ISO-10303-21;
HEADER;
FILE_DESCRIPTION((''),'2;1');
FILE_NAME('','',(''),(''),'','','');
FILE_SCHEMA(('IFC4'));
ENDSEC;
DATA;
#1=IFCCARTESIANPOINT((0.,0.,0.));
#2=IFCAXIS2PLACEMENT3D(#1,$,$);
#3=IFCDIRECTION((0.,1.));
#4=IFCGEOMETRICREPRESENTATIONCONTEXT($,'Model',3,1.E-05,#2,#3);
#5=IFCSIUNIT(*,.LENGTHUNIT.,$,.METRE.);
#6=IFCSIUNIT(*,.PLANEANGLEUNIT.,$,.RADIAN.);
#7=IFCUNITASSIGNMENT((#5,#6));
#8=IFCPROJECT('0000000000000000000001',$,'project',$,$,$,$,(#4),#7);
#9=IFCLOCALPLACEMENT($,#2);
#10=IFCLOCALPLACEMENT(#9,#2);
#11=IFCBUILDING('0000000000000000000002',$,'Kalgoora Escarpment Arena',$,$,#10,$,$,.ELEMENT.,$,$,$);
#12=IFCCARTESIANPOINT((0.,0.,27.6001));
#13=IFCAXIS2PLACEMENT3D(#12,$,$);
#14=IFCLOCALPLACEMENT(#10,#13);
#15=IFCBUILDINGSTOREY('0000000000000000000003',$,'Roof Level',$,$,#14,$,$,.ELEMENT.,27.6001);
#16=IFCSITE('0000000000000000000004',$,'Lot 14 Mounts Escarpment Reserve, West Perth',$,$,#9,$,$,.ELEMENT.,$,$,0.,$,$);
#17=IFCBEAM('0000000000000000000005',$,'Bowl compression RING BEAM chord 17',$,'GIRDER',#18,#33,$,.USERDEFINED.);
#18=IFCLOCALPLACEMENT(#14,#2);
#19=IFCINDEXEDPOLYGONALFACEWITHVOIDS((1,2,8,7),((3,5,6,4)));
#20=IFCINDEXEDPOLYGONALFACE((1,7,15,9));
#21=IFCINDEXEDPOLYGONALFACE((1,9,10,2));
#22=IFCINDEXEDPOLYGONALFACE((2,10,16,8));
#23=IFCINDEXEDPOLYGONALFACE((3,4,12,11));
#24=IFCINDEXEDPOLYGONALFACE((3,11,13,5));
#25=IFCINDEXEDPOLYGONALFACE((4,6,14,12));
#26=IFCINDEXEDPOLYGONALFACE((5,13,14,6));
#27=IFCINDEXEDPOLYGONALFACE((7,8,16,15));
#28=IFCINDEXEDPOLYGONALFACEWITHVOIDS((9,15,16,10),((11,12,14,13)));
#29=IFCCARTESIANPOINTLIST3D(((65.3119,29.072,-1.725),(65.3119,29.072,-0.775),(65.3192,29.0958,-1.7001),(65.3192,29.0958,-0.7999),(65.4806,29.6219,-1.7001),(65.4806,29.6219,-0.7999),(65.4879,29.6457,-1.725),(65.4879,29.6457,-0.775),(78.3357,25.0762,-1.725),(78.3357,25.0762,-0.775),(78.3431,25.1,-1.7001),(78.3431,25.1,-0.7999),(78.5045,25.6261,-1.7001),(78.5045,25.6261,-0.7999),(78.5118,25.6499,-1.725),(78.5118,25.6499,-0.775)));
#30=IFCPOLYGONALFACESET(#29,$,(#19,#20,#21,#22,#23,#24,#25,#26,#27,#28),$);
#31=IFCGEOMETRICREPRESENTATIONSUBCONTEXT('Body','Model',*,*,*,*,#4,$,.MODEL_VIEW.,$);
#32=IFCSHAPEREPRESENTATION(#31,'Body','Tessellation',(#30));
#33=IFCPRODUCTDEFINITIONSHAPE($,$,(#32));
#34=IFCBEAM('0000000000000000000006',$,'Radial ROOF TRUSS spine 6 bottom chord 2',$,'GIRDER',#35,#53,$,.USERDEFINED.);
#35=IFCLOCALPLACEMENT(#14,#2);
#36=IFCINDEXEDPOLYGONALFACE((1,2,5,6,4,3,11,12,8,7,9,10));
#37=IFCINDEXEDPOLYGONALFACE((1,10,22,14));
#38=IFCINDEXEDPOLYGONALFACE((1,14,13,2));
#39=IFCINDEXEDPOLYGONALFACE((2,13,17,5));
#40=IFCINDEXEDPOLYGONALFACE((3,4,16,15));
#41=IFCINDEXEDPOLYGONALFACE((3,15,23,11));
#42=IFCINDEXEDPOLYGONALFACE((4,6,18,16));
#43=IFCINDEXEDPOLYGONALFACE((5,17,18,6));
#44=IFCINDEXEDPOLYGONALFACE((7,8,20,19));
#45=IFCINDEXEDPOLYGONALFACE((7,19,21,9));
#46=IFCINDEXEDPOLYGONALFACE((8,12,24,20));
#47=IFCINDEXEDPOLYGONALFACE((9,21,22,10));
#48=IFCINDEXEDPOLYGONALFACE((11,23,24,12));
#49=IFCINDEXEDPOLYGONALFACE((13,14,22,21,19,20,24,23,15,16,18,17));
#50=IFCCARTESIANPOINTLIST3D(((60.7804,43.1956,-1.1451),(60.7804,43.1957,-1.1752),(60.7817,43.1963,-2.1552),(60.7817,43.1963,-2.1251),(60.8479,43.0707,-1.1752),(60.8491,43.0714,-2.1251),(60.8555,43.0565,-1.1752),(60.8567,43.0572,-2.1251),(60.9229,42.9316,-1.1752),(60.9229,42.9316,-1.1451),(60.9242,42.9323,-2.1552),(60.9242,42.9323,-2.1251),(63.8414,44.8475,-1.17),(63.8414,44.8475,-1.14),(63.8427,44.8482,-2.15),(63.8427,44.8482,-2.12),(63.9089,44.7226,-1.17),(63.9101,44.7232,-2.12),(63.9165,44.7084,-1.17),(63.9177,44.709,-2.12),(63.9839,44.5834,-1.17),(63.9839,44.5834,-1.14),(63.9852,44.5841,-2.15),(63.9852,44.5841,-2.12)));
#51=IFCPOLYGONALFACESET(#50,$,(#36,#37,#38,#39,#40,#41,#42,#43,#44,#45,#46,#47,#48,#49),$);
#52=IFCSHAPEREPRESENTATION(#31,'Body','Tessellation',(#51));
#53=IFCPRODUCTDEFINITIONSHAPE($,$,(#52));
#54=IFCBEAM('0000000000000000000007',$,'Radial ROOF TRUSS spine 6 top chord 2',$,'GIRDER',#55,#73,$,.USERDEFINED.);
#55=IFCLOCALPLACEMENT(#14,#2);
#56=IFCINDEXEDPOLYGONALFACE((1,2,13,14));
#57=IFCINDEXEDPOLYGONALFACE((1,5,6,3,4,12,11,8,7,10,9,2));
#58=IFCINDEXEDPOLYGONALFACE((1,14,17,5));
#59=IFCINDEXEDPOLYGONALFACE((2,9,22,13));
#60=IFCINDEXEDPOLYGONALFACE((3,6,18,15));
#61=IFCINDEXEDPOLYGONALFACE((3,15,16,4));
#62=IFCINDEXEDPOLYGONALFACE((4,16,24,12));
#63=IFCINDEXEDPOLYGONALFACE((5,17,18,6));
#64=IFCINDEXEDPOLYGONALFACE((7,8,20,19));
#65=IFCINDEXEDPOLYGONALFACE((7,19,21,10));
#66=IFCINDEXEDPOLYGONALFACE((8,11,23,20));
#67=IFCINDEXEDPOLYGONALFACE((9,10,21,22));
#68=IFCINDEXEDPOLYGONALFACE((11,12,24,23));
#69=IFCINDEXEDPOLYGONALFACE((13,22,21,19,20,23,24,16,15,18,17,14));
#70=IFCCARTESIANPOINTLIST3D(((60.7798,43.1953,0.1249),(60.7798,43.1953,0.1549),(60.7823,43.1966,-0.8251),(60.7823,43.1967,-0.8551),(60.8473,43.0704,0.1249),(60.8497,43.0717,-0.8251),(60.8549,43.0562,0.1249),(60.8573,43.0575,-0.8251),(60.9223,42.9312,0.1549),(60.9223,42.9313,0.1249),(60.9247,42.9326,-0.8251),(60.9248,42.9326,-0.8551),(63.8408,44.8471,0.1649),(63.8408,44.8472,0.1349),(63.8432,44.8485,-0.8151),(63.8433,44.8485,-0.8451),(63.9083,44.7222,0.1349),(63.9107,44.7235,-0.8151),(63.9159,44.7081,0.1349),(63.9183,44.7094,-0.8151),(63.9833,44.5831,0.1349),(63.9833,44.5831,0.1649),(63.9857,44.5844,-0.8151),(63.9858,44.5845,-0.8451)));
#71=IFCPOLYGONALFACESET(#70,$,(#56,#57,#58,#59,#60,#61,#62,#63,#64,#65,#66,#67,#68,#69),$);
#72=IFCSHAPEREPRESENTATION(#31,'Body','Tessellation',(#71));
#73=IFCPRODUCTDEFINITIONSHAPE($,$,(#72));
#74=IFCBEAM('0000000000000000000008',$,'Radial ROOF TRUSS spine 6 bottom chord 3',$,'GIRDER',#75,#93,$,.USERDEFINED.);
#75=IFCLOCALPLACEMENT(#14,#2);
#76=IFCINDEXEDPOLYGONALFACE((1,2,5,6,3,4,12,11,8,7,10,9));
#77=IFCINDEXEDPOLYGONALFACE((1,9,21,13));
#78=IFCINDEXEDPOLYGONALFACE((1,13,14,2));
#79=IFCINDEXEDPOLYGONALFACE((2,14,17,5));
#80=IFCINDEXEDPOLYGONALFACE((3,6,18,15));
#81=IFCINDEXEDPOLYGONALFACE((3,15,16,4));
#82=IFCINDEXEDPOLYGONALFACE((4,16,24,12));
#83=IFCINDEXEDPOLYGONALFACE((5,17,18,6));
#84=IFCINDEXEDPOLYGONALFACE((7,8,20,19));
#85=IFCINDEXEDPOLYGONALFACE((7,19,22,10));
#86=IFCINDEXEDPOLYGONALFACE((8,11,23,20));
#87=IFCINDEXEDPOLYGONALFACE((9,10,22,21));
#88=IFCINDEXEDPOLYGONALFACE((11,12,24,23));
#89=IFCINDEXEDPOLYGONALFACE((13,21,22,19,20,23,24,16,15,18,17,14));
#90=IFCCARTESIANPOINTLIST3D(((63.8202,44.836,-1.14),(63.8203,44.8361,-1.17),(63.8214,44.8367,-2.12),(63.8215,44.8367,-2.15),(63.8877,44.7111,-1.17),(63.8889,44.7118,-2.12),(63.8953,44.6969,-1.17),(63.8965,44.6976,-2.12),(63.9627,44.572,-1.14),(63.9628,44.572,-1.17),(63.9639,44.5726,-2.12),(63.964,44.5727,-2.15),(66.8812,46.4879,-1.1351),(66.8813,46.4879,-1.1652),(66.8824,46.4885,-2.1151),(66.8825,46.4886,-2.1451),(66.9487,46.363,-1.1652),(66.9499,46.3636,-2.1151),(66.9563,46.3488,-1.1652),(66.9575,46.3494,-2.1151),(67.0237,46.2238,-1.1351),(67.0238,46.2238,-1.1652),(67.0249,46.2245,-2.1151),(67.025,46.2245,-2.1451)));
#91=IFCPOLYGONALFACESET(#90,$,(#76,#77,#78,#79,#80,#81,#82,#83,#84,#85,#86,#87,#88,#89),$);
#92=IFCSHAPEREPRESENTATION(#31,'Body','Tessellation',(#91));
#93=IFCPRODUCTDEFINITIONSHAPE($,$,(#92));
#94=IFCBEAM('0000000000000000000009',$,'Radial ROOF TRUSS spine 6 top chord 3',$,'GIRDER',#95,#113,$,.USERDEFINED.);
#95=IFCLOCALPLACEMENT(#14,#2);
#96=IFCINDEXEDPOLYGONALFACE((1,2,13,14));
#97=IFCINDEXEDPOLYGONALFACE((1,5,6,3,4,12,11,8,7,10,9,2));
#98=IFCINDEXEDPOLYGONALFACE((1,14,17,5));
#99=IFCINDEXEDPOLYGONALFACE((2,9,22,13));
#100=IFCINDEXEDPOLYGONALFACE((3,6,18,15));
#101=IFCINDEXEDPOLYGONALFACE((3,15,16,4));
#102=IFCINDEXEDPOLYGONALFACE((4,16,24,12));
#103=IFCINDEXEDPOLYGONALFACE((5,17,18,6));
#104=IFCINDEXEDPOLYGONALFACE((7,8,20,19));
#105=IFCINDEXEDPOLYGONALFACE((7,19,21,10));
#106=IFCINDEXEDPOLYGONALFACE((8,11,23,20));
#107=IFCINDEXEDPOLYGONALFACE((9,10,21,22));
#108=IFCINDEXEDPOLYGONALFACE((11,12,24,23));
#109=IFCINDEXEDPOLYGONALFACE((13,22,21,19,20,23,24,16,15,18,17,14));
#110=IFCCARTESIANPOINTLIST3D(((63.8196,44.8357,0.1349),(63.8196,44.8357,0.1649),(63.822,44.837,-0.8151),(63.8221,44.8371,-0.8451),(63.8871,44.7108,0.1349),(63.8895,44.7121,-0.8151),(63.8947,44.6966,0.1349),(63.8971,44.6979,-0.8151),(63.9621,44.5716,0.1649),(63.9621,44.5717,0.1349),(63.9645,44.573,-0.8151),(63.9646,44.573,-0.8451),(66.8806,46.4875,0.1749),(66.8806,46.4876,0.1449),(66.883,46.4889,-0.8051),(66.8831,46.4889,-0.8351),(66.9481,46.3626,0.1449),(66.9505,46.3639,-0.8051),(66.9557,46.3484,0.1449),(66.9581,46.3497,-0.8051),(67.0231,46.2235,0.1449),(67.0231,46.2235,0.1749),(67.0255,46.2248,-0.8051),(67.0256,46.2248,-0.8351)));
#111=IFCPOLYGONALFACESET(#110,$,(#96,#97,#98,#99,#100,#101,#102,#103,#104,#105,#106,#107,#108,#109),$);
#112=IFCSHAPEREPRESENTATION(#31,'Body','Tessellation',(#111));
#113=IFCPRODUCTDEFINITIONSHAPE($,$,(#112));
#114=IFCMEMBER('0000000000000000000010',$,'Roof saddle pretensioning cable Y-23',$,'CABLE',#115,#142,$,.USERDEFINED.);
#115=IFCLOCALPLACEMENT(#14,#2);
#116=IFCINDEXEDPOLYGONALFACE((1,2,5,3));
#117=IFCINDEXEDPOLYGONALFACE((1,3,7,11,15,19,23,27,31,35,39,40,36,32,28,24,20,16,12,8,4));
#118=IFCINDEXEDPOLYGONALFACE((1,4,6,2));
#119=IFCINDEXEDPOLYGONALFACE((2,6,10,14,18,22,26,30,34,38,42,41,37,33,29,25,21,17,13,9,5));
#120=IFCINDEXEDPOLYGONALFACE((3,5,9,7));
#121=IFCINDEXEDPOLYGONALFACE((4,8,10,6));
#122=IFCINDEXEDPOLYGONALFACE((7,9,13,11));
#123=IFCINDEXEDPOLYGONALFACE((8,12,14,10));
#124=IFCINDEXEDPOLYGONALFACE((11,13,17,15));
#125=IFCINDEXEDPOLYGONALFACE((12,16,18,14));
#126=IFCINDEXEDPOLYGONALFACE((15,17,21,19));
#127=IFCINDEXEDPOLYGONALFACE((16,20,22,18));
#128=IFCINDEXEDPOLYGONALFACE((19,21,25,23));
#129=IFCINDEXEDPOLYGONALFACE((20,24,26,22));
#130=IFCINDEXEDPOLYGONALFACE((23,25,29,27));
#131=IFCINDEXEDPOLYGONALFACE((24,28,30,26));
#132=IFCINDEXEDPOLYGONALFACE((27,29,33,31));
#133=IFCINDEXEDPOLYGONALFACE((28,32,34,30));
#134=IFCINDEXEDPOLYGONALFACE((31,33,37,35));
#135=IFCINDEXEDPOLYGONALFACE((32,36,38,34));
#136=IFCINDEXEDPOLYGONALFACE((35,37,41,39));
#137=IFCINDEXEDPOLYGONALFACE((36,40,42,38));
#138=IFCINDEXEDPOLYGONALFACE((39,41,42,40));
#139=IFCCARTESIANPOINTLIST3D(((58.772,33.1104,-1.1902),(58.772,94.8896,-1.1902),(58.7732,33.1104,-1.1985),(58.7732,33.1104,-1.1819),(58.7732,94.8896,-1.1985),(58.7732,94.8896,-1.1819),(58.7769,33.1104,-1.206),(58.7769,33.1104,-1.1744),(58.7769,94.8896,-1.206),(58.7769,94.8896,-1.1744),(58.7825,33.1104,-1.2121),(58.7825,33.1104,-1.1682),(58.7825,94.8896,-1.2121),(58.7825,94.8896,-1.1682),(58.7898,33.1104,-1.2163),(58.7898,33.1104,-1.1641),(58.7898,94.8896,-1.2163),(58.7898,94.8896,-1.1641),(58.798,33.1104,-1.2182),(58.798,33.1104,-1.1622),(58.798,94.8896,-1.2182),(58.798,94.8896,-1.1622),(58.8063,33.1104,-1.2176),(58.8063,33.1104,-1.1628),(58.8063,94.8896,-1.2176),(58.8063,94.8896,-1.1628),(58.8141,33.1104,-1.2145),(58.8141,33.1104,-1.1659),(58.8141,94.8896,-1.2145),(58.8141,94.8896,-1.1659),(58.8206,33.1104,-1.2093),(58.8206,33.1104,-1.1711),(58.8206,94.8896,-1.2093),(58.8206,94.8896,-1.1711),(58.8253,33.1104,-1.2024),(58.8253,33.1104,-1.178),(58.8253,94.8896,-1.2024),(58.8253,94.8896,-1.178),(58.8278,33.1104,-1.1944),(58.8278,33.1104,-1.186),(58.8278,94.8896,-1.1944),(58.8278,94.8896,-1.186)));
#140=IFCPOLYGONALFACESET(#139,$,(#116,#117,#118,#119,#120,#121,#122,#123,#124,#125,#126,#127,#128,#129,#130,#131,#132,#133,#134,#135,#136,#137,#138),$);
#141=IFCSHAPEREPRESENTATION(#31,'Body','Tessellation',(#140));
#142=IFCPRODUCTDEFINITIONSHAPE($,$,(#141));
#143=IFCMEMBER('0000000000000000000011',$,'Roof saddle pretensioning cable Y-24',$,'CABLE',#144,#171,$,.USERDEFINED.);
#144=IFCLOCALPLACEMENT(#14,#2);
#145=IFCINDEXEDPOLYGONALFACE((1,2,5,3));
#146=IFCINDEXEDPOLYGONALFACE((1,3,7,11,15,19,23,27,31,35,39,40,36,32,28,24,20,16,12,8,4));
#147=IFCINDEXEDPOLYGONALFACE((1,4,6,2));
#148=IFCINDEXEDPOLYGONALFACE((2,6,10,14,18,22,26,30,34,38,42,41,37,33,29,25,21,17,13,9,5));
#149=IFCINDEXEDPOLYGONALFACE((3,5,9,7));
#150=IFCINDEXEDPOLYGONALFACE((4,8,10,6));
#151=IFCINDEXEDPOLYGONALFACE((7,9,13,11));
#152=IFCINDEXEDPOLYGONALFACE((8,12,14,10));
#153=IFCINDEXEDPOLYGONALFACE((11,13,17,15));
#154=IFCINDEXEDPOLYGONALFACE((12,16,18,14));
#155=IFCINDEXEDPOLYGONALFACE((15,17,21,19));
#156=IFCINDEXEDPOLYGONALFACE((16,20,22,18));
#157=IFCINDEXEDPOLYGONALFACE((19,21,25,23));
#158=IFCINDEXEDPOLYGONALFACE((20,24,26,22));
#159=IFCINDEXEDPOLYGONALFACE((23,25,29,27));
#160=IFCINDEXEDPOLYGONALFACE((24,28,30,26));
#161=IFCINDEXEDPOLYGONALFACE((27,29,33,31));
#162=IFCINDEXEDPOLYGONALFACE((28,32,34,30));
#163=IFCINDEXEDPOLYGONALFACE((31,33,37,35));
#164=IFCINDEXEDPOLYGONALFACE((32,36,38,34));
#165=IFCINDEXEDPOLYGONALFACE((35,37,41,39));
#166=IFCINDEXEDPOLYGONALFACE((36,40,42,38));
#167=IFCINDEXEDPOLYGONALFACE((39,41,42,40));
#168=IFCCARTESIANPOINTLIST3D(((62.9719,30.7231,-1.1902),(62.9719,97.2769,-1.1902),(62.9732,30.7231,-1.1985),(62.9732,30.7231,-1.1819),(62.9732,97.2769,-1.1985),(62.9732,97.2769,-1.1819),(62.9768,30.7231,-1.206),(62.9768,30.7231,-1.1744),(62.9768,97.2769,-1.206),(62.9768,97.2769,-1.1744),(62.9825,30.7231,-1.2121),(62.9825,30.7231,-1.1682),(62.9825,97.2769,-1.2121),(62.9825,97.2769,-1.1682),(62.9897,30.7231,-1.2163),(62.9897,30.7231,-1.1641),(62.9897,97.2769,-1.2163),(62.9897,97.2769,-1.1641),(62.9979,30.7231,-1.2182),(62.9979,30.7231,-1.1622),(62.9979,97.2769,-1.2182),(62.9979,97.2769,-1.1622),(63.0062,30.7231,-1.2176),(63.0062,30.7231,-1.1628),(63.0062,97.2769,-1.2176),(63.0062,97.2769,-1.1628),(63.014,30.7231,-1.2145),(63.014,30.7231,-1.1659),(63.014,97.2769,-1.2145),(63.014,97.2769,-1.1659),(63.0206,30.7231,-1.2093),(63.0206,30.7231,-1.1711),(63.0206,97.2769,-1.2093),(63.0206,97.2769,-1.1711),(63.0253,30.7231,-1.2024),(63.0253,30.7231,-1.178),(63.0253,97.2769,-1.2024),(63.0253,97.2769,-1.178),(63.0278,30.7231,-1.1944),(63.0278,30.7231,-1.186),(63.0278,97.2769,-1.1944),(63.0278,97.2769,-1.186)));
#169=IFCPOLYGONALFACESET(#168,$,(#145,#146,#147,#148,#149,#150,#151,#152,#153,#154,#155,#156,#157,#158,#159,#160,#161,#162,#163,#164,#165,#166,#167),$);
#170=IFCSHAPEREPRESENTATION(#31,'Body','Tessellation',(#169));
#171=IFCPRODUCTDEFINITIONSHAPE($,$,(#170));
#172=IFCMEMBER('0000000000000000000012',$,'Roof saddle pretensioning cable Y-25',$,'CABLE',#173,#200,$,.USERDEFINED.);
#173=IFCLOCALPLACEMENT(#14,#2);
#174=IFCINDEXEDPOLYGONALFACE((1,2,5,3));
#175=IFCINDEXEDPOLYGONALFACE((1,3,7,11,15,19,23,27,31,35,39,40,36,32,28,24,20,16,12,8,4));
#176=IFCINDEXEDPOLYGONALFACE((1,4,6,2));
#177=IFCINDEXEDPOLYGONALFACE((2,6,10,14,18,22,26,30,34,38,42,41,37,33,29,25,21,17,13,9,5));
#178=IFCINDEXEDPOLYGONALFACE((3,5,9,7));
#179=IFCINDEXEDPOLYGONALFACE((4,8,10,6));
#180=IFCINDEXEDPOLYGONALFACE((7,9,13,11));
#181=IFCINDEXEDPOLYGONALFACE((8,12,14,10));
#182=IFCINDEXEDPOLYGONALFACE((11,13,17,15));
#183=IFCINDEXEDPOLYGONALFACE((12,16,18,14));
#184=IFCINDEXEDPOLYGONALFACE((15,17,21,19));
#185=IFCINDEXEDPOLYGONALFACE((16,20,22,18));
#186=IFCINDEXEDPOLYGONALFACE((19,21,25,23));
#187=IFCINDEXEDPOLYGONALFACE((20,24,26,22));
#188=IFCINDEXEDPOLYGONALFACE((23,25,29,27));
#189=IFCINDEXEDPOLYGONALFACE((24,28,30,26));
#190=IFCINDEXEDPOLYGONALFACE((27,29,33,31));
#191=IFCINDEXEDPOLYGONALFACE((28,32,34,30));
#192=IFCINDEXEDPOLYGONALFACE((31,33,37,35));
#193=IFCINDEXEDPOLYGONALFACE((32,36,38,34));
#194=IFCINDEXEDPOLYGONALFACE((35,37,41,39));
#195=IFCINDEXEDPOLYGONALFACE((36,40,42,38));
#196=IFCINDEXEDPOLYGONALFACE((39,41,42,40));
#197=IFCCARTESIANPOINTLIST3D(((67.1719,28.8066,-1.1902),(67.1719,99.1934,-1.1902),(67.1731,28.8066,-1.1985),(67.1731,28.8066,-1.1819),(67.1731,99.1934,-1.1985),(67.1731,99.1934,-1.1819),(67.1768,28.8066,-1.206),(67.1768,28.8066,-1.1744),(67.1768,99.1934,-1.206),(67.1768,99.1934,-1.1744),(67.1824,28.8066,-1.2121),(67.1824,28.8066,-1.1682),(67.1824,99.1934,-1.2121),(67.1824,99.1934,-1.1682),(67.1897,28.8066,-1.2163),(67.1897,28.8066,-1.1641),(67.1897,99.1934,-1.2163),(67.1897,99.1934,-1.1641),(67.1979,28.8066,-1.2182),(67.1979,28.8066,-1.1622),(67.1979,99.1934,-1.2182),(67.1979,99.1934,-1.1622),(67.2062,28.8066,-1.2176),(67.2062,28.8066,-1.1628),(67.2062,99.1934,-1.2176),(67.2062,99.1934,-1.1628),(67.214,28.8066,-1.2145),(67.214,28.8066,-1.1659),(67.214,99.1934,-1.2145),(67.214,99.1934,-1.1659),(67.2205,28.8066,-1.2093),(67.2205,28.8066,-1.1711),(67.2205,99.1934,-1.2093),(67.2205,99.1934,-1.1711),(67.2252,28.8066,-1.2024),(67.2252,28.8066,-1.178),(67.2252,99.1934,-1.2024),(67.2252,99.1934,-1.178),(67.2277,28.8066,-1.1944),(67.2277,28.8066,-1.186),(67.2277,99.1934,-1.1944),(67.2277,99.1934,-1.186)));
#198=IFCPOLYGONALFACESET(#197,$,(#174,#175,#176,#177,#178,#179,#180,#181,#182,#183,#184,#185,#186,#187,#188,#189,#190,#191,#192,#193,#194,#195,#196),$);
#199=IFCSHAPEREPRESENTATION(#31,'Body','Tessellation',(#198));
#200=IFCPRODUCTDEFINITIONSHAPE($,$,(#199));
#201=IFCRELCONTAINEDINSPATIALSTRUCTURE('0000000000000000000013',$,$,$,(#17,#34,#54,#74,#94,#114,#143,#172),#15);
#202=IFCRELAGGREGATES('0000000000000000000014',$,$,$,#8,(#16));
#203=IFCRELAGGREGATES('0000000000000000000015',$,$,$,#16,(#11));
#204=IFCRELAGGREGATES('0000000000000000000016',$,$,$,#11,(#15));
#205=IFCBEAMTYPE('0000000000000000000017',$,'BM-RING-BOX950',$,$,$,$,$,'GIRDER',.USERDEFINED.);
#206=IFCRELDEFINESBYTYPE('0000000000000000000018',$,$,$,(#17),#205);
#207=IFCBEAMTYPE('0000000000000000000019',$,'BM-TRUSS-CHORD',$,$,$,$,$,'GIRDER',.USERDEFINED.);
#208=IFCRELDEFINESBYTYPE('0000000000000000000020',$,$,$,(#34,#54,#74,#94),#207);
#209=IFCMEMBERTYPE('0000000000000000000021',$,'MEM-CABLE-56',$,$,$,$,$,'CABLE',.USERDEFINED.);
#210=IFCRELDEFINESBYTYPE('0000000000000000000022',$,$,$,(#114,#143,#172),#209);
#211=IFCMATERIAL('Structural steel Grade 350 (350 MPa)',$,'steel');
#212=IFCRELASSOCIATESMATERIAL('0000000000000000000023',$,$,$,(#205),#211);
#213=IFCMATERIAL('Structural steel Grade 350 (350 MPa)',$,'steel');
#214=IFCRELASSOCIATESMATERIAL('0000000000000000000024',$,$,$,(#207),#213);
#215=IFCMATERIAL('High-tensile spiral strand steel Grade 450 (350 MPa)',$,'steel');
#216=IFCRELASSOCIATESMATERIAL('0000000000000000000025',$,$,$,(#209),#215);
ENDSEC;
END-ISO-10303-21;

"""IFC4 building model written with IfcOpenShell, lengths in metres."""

from ifc_helpers import new_model, si_unit, direction, frame, origin, origin_2d, place, context, subcontext, project, spatial, hollow_rectangle, circle, i_section, extrude, material, material_profile, profile_set, type_object, element, save


model = new_model("IFC4")

# Units and contexts
model_context = context("Model", 3, precision=1e-05, world=origin(), true_north=direction((0.0, 1.0)))
body_context = subcontext(model_context, "Body", "Model", "MODEL_VIEW")
ifc_project = project(units=[si_unit("LENGTHUNIT", "METRE"), si_unit("PLANEANGLEUNIT", "RADIAN")], contexts=[model_context])

# Site, building, storey
site_placement = place(None, origin())
site = spatial("IfcSite", under=ifc_project, at=site_placement, Name="Lot 14 Mounts Escarpment Reserve, West Perth", CompositionType="ELEMENT", RefElevation=0.0)
building_placement = place(site_placement, origin())
building = spatial("IfcBuilding", under=site, at=building_placement, Name="Kalgoora Escarpment Arena", CompositionType="ELEMENT")
storey_placement = place(building_placement, frame((0.0, 0.0, 27.6001)))
storey = spatial("IfcBuildingStorey", under=building, at=storey_placement, Name="Roof Level", CompositionType="ELEMENT", Elevation=27.6001)

# Beams
ifc_material_1 = material(Name="Structural steel Grade 350 (350 MPa)", Category="steel")
ifc_material_profile_1 = material_profile(ifc_material_1, hollow_rectangle(XDim=0.6001, YDim=0.95, WallThickness=0.0249, at=origin_2d()))
ifc_profile_set_1 = profile_set([ifc_material_profile_1], Name="Structural steel Grade 350 (350 MPa)")
beam_type_1 = type_object("IfcBeamType", Name="BM-RING-BOX950", ElementType="GIRDER", PredefinedType="USERDEFINED", material=ifc_profile_set_1)
beam_placement = place(storey_placement, frame((65.3999, 29.3589, -1.25), z_axis=(0.956016, -0.293314, 0.0), x_axis=(0.293314, 0.956016, 0.0)))
element("IfcBeam", 1, at=beam_placement, inside=storey, type_object=beam_type_1, Name="Bowl compression RING BEAM chord 17", ObjectType="GIRDER", PredefinedType="USERDEFINED", context=body_context, shape_type="SweptSolid", body=[
    extrude(hollow_rectangle(XDim=0.6001, YDim=0.95, WallThickness=0.0249, at=origin_2d()), origin(), (0.0, 0.0, 1.0), 13.623),
])
ifc_material_2 = material(Name="Structural steel Grade 350 (350 MPa)", Category="steel")
ifc_material_profile_2 = material_profile(ifc_material_2, i_section(OverallWidth=0.3, OverallDepth=1.01, WebThickness=0.0161, FlangeThickness=0.03, at=origin_2d()))
ifc_profile_set_2 = profile_set([ifc_material_profile_2], Name="Structural steel Grade 350 (350 MPa)")
beam_type_2 = type_object("IfcBeamType", Name="BM-TRUSS-CHORD", ElementType="GIRDER", PredefinedType="USERDEFINED", material=ifc_profile_set_2)
for number, where, z_axis, x_axis, name in (
    (2, (60.8523, 43.064, -1.6501), (0.880037, 0.474903, 0.001474), (-0.474903, 0.880038, 0.0), "Radial ROOF TRUSS spine 6 bottom chord 2"),
    (3, (60.8523, 43.064, -0.3501), (0.880034, 0.474901, 0.002878), (-0.474903, 0.880038, 0.0), "Radial ROOF TRUSS spine 6 top chord 2"),
    (4, (63.8921, 44.7043, -1.645), (0.880037, 0.474903, 0.001404), (-0.474903, 0.880038, 0.0), "Radial ROOF TRUSS spine 6 bottom chord 3"),
    (5, (63.8921, 44.7043, -0.3401), (0.880034, 0.474901, 0.002878), (-0.474903, 0.880038, 0.0), "Radial ROOF TRUSS spine 6 top chord 3"),
):
    element("IfcBeam", number, at=place(storey_placement, frame(where, z_axis=z_axis, x_axis=x_axis)), inside=storey, type_object=beam_type_2, Name=name, ObjectType="GIRDER", PredefinedType="USERDEFINED", context=body_context, shape_type="SweptSolid", body=[
        extrude(i_section(OverallWidth=0.3, OverallDepth=1.01, WebThickness=0.0161, FlangeThickness=0.03, at=origin_2d()), origin(), (0.0, 0.0, 1.0), 3.4783),
    ])

# Members
ifc_material_3 = material(Name="High-tensile spiral strand steel Grade 450 (350 MPa)", Category="steel")
ifc_material_profile_3 = material_profile(ifc_material_3, circle(Radius=0.0281, at=origin_2d()))
ifc_profile_set_3 = profile_set([ifc_material_profile_3], Name="High-tensile spiral strand steel Grade 450 (350 MPa)")
member_type_1 = type_object("IfcMemberType", Name="MEM-CABLE-56", ElementType="CABLE", PredefinedType="USERDEFINED", material=ifc_profile_set_3)
member_1_placement = place(storey_placement, frame((58.8, 33.1104, -1.1902), z_axis=(0.0, 1.0, 0.0), x_axis=(-1.0, 0.0, 0.0)))
element("IfcMember", 6, at=member_1_placement, inside=storey, type_object=member_type_1, Name="Roof saddle pretensioning cable Y-23", ObjectType="CABLE", PredefinedType="USERDEFINED", context=body_context, shape_type="SweptSolid", body=[
    extrude(circle(Radius=0.0281, at=origin_2d()), origin(), (0.0, 0.0, 1.0), 61.7793),
])
member_2_placement = place(storey_placement, frame((63.0, 30.7231, -1.1902), z_axis=(0.0, 1.0, 0.0), x_axis=(-1.0, 0.0, 0.0)))
element("IfcMember", 7, at=member_2_placement, inside=storey, type_object=member_type_1, Name="Roof saddle pretensioning cable Y-24", ObjectType="CABLE", PredefinedType="USERDEFINED", context=body_context, shape_type="SweptSolid", body=[
    extrude(circle(Radius=0.0281, at=origin_2d()), origin(), (0.0, 0.0, 1.0), 66.5537),
])
member_3_placement = place(storey_placement, frame((67.2, 28.8066, -1.1902), z_axis=(0.0, 1.0, 0.0), x_axis=(-1.0, 0.0, 0.0)))
element("IfcMember", 8, at=member_3_placement, inside=storey, type_object=member_type_1, Name="Roof saddle pretensioning cable Y-25", ObjectType="CABLE", PredefinedType="USERDEFINED", context=body_context, shape_type="SweptSolid", body=[
    extrude(circle(Radius=0.0281, at=origin_2d()), origin(), (0.0, 0.0, 1.0), 70.3867),
])

save(model, "model.ifc")
